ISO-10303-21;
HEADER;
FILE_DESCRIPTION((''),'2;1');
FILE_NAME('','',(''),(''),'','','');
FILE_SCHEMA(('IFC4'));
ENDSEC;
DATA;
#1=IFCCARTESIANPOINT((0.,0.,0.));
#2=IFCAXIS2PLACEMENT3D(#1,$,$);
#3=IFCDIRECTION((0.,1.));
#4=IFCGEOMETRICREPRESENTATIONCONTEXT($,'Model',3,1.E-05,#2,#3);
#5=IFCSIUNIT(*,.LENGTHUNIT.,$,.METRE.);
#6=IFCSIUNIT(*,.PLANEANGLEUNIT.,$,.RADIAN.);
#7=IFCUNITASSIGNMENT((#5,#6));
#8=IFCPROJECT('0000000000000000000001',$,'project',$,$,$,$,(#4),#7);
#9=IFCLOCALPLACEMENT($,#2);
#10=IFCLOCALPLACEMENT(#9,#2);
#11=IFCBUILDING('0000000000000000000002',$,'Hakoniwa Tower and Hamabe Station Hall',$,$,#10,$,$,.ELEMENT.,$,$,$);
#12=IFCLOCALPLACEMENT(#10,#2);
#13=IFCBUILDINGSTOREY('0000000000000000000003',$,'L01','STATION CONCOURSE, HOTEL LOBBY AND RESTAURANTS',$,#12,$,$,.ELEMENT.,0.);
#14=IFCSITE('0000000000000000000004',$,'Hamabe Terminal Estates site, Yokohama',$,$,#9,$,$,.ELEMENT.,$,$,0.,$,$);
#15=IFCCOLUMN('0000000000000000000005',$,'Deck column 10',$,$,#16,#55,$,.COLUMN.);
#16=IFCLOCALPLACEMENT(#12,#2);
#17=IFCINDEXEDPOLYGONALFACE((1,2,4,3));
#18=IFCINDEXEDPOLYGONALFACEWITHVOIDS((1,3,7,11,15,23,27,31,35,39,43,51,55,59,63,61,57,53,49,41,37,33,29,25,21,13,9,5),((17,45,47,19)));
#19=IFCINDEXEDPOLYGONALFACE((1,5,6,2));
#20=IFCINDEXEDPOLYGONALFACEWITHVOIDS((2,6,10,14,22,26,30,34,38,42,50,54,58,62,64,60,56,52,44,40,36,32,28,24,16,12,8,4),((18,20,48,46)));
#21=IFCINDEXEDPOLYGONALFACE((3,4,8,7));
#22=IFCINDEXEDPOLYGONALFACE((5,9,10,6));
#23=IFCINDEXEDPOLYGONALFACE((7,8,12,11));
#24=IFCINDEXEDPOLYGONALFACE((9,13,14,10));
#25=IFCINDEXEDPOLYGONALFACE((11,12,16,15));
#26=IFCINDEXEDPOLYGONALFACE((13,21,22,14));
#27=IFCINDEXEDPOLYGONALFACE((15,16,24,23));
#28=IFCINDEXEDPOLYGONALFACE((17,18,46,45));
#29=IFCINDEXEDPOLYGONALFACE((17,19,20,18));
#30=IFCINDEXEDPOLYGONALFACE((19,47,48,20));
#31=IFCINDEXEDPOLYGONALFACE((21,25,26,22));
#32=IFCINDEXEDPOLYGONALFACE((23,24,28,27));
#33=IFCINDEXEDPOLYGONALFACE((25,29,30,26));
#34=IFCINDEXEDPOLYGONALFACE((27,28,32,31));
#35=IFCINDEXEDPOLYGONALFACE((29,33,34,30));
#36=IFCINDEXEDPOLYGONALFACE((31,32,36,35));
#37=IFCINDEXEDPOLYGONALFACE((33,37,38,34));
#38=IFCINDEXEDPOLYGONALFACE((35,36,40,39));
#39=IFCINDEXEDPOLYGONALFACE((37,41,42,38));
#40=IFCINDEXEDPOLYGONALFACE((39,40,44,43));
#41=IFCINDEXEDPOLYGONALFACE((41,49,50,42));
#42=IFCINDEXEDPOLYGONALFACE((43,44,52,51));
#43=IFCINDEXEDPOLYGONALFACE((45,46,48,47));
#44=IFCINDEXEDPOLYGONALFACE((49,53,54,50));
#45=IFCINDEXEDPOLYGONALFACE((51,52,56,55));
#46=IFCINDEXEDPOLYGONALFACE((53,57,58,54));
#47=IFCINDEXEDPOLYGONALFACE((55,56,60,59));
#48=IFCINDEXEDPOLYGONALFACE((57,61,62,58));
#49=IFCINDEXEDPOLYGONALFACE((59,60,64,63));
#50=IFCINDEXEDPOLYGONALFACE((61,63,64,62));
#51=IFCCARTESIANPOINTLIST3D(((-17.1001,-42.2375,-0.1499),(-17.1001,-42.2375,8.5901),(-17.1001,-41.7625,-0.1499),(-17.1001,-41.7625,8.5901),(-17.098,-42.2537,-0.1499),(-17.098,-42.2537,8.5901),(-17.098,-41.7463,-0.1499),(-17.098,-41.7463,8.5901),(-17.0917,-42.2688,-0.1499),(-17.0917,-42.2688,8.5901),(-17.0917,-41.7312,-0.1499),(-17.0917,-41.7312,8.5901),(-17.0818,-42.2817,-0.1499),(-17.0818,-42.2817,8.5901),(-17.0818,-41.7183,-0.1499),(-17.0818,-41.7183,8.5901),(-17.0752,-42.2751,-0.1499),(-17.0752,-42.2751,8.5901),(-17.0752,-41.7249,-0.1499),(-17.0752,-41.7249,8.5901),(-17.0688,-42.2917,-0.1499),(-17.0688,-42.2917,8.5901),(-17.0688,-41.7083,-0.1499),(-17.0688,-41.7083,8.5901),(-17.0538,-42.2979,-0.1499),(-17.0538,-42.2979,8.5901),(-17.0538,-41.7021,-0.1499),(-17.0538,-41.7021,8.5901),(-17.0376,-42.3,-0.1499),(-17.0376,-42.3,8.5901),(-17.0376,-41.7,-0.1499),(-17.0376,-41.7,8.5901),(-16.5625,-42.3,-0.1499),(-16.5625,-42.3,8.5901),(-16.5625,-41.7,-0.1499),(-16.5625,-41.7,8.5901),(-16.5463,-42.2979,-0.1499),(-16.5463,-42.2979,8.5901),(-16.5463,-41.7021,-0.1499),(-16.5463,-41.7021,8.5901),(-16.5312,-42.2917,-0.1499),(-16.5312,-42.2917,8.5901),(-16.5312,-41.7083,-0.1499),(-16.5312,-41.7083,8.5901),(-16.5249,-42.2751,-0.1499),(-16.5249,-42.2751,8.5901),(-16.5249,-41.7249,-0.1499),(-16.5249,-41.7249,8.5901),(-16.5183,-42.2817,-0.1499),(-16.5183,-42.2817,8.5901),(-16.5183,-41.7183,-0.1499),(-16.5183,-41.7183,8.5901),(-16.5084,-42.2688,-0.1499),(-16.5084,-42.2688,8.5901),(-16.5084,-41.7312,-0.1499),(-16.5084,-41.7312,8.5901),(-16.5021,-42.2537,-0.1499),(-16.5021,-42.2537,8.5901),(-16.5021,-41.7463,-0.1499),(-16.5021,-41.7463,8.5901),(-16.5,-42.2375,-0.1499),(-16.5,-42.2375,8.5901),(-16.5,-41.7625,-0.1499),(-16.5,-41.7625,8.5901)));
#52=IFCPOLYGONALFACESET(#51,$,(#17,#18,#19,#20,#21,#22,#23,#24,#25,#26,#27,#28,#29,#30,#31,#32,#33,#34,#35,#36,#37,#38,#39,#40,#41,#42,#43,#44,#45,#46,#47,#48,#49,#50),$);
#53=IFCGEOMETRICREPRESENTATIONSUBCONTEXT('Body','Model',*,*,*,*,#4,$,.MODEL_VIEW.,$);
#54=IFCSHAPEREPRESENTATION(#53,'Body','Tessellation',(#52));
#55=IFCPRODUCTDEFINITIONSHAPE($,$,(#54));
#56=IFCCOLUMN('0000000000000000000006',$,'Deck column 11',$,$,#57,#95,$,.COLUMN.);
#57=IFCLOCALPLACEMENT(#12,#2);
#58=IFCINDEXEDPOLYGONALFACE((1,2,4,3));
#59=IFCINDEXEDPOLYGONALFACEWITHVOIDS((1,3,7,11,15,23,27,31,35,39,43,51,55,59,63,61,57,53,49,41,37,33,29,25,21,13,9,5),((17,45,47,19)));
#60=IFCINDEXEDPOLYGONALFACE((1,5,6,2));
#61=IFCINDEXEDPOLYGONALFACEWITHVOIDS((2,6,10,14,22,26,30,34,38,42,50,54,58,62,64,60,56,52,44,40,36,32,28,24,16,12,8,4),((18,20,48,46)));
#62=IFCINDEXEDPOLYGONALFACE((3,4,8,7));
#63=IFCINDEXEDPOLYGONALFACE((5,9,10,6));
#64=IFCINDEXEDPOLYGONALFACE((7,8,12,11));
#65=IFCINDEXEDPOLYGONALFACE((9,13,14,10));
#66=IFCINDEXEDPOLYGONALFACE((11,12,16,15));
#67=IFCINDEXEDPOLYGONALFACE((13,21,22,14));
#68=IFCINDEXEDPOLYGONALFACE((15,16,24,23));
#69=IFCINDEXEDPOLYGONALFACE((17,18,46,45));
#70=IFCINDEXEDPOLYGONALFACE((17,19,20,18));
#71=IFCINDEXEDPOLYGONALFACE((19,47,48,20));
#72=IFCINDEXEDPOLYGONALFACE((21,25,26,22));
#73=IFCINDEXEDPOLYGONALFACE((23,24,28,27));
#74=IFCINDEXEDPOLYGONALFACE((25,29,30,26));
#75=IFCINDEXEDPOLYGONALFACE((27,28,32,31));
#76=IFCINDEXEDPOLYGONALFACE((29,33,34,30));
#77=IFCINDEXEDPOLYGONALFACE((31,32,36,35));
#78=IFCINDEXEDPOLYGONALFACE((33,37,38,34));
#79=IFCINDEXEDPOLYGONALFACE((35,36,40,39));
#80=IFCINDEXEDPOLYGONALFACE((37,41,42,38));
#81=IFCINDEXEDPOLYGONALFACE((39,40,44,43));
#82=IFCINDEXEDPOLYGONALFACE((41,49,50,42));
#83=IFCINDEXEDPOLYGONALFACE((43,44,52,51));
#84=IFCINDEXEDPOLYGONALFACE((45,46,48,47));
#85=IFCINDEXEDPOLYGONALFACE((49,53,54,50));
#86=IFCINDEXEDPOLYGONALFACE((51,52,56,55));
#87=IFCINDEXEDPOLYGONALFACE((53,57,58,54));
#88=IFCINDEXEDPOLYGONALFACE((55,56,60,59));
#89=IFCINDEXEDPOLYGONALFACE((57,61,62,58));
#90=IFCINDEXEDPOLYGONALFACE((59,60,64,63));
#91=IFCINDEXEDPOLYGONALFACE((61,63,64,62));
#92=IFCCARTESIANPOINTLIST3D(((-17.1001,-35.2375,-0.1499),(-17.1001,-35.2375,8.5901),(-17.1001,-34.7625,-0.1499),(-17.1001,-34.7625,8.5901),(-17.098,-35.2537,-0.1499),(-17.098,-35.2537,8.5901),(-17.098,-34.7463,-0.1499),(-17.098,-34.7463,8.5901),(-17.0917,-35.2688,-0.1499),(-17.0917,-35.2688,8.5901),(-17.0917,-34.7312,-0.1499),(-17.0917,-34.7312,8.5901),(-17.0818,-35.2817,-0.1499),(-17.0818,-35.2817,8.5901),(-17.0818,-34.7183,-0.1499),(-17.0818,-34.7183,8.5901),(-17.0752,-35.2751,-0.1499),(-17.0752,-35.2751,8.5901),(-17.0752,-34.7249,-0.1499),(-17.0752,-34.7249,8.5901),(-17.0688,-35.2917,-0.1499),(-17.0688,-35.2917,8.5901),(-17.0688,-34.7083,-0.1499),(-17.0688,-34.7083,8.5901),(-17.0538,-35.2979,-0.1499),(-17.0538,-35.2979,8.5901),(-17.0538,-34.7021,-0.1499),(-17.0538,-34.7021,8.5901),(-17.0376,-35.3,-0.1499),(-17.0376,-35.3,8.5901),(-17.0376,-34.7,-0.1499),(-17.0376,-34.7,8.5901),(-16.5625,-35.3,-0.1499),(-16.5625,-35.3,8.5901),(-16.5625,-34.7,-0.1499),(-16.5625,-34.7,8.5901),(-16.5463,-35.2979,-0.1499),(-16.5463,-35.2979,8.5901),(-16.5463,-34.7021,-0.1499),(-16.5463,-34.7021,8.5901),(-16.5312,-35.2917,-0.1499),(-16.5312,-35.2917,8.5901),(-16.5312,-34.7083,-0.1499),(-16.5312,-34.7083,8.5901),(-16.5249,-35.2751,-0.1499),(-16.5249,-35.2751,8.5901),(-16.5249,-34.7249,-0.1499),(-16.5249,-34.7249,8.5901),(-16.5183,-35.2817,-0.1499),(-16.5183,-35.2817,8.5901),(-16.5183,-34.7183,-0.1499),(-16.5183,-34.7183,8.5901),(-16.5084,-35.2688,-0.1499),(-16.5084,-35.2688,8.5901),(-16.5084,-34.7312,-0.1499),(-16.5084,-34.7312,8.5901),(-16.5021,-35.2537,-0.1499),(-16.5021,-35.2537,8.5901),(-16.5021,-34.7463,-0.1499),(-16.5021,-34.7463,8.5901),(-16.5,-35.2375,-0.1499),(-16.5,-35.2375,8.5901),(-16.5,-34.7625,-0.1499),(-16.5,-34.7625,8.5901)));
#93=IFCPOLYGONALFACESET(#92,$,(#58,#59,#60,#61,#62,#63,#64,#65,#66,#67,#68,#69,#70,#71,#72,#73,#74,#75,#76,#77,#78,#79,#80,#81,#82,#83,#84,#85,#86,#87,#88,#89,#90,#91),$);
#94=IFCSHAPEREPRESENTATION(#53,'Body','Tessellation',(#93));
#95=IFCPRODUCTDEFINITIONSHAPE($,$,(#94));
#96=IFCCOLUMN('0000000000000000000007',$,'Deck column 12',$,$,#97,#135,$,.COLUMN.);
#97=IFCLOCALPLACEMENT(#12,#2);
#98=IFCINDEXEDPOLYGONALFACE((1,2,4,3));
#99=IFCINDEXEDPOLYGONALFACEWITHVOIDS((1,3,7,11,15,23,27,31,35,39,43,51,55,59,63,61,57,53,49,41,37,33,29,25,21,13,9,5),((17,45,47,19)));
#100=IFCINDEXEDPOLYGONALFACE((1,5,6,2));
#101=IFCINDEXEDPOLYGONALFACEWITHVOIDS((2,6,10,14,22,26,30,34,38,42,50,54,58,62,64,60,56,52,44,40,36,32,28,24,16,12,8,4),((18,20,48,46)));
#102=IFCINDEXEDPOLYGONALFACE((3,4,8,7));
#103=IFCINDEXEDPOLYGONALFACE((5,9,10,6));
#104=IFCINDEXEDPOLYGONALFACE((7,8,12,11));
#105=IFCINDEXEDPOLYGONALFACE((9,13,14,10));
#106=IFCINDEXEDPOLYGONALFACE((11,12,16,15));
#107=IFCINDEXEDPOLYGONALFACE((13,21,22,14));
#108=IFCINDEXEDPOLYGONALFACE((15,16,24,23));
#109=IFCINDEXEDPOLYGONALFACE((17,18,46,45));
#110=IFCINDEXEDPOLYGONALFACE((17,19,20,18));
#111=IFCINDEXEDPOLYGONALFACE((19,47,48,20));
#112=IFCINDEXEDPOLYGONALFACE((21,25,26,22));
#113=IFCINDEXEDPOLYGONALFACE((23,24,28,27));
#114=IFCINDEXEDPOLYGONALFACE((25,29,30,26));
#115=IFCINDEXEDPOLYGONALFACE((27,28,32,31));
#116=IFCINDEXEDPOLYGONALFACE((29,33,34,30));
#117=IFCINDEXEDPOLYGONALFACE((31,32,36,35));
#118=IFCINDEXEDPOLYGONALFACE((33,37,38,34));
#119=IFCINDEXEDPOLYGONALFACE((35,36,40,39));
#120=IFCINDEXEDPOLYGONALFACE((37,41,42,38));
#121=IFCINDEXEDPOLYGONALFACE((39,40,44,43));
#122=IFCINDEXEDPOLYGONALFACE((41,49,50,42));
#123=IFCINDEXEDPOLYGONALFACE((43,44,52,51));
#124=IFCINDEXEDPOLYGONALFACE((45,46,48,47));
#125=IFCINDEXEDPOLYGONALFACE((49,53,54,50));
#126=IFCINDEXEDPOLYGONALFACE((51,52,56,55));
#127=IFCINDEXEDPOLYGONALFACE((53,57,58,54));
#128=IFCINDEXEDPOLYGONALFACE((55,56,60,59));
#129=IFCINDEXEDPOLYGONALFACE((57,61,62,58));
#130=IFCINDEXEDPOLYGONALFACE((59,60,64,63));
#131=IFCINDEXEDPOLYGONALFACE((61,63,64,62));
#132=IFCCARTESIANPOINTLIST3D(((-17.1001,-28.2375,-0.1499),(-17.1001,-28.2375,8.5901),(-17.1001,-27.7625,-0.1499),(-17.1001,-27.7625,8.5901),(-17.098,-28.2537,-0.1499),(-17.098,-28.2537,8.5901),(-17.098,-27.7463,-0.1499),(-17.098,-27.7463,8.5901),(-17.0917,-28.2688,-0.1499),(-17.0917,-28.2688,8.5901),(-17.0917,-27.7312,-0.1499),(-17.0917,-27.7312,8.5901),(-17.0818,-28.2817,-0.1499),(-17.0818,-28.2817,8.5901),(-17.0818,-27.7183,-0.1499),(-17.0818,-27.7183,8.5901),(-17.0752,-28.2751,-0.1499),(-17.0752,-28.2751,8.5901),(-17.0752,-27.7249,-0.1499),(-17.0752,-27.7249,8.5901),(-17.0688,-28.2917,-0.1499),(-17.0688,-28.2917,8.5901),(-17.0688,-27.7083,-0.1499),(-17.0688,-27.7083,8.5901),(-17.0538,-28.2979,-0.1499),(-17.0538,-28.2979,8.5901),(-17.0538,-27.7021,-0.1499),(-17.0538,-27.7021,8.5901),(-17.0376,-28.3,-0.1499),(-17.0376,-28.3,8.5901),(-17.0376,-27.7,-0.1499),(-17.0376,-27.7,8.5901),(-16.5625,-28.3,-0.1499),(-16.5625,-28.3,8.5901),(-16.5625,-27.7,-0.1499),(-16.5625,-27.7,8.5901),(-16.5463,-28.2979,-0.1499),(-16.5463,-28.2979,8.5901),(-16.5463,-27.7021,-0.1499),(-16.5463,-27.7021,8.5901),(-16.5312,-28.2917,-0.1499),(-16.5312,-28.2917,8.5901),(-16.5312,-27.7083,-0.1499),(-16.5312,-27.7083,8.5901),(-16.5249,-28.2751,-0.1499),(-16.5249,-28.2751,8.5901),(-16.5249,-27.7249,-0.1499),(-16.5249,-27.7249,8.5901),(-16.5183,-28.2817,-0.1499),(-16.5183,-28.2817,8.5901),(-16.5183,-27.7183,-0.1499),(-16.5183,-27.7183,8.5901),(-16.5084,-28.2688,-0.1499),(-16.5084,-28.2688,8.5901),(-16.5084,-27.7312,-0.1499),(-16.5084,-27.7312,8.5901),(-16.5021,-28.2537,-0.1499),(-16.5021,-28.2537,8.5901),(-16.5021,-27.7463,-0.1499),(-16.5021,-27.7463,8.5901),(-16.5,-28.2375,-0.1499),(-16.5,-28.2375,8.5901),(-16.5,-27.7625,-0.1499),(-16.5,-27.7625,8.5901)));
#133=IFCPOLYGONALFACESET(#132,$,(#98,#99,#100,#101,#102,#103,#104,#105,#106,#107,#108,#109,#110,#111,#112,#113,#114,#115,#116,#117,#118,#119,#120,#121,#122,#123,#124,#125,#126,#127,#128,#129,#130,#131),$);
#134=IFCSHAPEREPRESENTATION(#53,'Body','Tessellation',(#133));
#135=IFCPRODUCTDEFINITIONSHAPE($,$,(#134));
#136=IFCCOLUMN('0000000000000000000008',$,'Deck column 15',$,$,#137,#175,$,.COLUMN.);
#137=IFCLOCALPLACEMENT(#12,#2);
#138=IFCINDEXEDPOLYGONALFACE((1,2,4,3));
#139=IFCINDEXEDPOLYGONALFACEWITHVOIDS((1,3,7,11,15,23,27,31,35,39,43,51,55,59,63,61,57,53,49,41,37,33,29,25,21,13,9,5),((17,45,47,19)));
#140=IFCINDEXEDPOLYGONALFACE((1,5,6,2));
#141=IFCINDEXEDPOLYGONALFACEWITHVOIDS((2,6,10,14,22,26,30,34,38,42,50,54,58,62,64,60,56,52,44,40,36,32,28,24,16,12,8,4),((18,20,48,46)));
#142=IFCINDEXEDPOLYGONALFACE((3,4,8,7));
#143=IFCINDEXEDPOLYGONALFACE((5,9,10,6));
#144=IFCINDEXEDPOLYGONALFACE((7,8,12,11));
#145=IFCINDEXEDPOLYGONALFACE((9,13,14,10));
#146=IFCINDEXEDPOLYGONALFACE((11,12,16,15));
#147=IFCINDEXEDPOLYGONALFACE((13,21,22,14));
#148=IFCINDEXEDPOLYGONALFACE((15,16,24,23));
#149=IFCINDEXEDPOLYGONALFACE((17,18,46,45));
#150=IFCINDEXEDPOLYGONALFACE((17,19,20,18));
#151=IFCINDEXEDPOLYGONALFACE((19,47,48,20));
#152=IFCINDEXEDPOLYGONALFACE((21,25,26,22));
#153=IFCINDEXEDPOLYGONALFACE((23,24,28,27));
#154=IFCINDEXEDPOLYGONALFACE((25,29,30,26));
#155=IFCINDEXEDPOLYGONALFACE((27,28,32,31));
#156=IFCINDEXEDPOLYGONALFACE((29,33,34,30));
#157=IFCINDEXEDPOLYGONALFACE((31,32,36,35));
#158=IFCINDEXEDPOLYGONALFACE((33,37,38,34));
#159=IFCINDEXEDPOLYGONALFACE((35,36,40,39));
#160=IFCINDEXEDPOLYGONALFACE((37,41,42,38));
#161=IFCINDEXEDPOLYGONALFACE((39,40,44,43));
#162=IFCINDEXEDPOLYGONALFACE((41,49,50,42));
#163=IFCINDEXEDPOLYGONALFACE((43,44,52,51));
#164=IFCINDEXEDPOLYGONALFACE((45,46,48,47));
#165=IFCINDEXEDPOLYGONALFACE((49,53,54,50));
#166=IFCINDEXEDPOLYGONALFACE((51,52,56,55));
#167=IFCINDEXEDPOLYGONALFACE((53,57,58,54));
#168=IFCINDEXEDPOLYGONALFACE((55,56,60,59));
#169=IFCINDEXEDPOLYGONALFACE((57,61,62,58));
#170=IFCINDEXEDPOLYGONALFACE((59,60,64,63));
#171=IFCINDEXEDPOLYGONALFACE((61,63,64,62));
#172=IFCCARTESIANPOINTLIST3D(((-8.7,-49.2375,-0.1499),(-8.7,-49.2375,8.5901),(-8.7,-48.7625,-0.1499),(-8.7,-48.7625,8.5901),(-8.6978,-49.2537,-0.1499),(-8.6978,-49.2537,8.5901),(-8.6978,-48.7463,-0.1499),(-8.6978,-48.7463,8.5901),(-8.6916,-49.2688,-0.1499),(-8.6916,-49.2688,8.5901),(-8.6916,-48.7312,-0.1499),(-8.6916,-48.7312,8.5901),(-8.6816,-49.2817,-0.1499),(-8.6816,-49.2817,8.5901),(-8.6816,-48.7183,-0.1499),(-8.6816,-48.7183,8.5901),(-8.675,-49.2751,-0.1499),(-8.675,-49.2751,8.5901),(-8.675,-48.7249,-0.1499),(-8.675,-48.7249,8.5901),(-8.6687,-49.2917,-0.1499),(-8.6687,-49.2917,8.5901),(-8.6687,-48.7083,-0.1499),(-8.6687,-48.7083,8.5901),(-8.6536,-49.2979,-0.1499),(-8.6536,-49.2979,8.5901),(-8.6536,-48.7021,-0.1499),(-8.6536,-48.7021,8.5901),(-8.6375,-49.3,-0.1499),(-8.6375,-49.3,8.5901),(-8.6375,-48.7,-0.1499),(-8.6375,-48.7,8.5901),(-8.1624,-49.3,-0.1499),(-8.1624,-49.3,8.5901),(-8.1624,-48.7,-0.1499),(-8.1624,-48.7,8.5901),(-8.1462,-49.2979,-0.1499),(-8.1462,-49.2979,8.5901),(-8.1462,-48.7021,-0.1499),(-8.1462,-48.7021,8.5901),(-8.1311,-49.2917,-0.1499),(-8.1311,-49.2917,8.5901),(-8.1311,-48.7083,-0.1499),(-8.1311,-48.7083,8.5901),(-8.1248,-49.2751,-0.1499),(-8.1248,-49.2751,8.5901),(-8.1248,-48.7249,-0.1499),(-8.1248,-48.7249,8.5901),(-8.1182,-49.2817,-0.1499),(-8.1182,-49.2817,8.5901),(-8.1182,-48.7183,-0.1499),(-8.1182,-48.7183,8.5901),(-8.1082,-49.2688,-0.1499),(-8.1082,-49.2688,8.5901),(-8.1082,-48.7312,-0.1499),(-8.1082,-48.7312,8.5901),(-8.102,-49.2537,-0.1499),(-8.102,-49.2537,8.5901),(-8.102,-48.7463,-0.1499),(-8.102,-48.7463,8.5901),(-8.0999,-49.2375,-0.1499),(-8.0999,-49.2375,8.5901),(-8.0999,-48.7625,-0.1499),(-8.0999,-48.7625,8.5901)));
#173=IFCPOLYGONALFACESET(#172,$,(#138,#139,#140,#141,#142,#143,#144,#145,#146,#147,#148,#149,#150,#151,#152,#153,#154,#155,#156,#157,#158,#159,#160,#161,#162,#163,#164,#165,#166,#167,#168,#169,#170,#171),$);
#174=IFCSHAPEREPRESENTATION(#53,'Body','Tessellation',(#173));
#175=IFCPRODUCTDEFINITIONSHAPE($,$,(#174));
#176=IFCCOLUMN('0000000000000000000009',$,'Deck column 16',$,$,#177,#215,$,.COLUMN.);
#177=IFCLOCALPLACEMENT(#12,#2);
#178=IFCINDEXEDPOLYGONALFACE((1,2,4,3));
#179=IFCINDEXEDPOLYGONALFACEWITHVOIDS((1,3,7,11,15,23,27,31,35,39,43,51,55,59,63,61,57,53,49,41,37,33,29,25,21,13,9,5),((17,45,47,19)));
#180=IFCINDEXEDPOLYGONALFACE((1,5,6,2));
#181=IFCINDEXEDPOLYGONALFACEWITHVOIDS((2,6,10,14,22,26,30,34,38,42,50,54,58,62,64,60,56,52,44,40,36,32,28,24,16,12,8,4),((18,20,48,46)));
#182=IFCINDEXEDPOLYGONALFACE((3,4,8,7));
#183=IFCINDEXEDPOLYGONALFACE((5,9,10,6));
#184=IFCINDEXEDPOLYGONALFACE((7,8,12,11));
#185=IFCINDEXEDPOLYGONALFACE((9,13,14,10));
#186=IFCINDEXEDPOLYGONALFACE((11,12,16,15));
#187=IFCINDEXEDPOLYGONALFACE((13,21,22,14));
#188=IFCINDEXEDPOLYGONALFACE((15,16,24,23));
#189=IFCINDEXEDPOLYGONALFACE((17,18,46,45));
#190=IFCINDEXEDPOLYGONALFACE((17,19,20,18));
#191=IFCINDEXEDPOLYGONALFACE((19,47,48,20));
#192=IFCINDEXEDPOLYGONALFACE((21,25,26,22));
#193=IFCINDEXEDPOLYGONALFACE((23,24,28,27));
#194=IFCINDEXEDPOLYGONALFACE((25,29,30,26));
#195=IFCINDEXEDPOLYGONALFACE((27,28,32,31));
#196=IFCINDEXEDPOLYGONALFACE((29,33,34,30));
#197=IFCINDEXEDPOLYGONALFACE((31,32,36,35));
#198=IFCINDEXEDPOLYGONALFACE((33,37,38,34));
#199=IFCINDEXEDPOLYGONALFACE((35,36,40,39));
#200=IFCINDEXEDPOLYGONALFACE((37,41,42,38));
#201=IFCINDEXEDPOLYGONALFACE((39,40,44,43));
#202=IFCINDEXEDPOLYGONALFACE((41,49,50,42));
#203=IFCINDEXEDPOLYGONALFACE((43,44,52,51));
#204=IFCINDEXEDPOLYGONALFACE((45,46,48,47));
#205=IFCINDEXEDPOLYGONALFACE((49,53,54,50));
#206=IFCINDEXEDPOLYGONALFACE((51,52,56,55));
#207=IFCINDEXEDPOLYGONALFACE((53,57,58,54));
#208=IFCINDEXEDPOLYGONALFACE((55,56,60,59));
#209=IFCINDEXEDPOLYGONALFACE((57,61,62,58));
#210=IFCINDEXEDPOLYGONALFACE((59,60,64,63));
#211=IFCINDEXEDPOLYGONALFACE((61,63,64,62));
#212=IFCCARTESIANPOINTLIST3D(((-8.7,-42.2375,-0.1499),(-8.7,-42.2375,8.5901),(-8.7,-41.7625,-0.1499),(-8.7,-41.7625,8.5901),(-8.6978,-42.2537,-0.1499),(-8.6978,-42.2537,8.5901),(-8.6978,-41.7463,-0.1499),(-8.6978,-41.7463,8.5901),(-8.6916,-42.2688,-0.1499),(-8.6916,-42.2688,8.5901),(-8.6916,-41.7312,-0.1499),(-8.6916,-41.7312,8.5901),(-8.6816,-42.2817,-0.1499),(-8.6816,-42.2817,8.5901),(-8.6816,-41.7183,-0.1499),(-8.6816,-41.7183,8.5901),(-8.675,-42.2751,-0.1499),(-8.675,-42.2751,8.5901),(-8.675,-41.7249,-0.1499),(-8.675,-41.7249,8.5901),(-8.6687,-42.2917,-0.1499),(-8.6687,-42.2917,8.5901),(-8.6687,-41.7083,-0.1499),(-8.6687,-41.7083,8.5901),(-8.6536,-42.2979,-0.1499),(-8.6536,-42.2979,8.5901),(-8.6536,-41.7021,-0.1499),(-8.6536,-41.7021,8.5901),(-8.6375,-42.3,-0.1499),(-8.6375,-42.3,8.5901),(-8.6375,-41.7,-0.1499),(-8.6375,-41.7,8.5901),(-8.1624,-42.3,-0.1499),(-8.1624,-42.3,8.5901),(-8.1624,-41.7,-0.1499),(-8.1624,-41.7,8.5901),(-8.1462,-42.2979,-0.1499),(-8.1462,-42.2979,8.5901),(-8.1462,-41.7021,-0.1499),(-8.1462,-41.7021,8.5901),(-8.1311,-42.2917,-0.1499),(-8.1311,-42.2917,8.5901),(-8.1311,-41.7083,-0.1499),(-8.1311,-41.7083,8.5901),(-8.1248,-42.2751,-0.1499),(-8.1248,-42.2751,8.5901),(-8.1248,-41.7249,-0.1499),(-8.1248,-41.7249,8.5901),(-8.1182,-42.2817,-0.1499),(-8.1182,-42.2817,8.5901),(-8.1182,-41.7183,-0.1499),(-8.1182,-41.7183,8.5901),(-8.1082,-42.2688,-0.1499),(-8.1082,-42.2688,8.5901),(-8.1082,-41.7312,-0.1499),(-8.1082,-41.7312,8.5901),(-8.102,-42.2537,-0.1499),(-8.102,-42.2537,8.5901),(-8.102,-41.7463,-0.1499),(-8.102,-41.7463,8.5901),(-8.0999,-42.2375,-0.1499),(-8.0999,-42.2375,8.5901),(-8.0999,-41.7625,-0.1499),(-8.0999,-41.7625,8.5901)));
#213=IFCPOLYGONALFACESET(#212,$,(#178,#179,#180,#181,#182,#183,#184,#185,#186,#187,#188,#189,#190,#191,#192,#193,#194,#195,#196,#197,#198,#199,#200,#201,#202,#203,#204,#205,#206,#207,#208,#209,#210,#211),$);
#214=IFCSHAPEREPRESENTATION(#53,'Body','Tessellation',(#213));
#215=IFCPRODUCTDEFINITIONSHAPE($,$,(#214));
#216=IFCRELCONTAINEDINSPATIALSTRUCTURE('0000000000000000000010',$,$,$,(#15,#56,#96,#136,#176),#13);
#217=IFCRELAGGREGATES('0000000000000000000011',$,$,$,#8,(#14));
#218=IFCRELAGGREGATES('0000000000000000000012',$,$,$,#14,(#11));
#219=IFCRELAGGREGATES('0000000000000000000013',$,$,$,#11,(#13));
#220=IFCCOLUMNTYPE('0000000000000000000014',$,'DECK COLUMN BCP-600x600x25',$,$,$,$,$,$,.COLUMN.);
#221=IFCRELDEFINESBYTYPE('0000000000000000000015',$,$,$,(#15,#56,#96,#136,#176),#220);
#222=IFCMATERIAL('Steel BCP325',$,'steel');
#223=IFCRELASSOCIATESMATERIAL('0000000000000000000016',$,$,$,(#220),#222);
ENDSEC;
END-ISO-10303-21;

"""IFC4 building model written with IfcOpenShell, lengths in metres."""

from ifc_helpers import new_model, si_unit, direction, frame, origin, origin_2d, place, context, subcontext, project, spatial, hollow_rectangle, extrude, material, material_profile, profile_set, type_object, element, save


model = new_model("IFC4")

# Units and contexts
model_context = context("Model", 3, precision=1e-05, world=origin(), true_north=direction((0.0, 1.0)))
body_context = subcontext(model_context, "Body", "Model", "MODEL_VIEW")
ifc_project = project(units=[si_unit("LENGTHUNIT", "METRE"), si_unit("PLANEANGLEUNIT", "RADIAN")], contexts=[model_context])

# Site, building, storey
site_placement = place(None, origin())
site = spatial("IfcSite", under=ifc_project, at=site_placement, Name="Hamabe Terminal Estates site, Yokohama", CompositionType="ELEMENT", RefElevation=0.0)
building_placement = place(site_placement, origin())
building = spatial("IfcBuilding", under=site, at=building_placement, Name="Hakoniwa Tower and Hamabe Station Hall", CompositionType="ELEMENT")
storey_placement = place(building_placement, origin())
storey = spatial("IfcBuildingStorey", under=building, at=storey_placement, Name="L01", Description="STATION CONCOURSE, HOTEL LOBBY AND RESTAURANTS", CompositionType="ELEMENT", Elevation=0.0)

# Columns
ifc_material_1 = material(Name="Steel BCP325", Category="steel")
ifc_material_profile_1 = material_profile(ifc_material_1, hollow_rectangle(XDim=0.6001, YDim=0.6001, WallThickness=0.0249, OuterFilletRadius=0.0625, at=origin_2d()), Name="DECK COLUMN BCP-600x600x25")
ifc_profile_set_1 = profile_set([ifc_material_profile_1], Name="Steel BCP325")
column_type = type_object("IfcColumnType", Name="DECK COLUMN BCP-600x600x25", PredefinedType="COLUMN", material=ifc_profile_set_1)
for number, where, z_axis, x_axis, name in (
    (1, (-16.8, -42.0, -0.1499), (0.0, 0.0, 1.0), (1.0, 0.0, 0.0), "Deck column 10"),
    (2, (-16.8, -35.0, -0.1499), (0.0, 0.0, 1.0), (1.0, 0.0, 0.0), "Deck column 11"),
    (3, (-16.8, -28.0, -0.1499), (0.0, 0.0, 1.0), (1.0, 0.0, 0.0), "Deck column 12"),
    (4, (-8.3999, -49.0, -0.1499), (0.0, 0.0, 1.0), (1.0, 0.0, 0.0), "Deck column 15"),
    (5, (-8.3999, -42.0, -0.1499), (0.0, 0.0, 1.0), (1.0, 0.0, 0.0), "Deck column 16"),
):
    element("IfcColumn", number, at=place(storey_placement, frame(where, z_axis=z_axis, x_axis=x_axis)), inside=storey, type_object=column_type, Name=name, PredefinedType="COLUMN", context=body_context, shape_type="SweptSolid", body=[
        extrude(hollow_rectangle(XDim=0.6001, YDim=0.6001, WallThickness=0.0249, OuterFilletRadius=0.0625, at=origin_2d()), origin(), (0.0, 0.0, 1.0), 8.74),
    ])

save(model, "model.ifc")
